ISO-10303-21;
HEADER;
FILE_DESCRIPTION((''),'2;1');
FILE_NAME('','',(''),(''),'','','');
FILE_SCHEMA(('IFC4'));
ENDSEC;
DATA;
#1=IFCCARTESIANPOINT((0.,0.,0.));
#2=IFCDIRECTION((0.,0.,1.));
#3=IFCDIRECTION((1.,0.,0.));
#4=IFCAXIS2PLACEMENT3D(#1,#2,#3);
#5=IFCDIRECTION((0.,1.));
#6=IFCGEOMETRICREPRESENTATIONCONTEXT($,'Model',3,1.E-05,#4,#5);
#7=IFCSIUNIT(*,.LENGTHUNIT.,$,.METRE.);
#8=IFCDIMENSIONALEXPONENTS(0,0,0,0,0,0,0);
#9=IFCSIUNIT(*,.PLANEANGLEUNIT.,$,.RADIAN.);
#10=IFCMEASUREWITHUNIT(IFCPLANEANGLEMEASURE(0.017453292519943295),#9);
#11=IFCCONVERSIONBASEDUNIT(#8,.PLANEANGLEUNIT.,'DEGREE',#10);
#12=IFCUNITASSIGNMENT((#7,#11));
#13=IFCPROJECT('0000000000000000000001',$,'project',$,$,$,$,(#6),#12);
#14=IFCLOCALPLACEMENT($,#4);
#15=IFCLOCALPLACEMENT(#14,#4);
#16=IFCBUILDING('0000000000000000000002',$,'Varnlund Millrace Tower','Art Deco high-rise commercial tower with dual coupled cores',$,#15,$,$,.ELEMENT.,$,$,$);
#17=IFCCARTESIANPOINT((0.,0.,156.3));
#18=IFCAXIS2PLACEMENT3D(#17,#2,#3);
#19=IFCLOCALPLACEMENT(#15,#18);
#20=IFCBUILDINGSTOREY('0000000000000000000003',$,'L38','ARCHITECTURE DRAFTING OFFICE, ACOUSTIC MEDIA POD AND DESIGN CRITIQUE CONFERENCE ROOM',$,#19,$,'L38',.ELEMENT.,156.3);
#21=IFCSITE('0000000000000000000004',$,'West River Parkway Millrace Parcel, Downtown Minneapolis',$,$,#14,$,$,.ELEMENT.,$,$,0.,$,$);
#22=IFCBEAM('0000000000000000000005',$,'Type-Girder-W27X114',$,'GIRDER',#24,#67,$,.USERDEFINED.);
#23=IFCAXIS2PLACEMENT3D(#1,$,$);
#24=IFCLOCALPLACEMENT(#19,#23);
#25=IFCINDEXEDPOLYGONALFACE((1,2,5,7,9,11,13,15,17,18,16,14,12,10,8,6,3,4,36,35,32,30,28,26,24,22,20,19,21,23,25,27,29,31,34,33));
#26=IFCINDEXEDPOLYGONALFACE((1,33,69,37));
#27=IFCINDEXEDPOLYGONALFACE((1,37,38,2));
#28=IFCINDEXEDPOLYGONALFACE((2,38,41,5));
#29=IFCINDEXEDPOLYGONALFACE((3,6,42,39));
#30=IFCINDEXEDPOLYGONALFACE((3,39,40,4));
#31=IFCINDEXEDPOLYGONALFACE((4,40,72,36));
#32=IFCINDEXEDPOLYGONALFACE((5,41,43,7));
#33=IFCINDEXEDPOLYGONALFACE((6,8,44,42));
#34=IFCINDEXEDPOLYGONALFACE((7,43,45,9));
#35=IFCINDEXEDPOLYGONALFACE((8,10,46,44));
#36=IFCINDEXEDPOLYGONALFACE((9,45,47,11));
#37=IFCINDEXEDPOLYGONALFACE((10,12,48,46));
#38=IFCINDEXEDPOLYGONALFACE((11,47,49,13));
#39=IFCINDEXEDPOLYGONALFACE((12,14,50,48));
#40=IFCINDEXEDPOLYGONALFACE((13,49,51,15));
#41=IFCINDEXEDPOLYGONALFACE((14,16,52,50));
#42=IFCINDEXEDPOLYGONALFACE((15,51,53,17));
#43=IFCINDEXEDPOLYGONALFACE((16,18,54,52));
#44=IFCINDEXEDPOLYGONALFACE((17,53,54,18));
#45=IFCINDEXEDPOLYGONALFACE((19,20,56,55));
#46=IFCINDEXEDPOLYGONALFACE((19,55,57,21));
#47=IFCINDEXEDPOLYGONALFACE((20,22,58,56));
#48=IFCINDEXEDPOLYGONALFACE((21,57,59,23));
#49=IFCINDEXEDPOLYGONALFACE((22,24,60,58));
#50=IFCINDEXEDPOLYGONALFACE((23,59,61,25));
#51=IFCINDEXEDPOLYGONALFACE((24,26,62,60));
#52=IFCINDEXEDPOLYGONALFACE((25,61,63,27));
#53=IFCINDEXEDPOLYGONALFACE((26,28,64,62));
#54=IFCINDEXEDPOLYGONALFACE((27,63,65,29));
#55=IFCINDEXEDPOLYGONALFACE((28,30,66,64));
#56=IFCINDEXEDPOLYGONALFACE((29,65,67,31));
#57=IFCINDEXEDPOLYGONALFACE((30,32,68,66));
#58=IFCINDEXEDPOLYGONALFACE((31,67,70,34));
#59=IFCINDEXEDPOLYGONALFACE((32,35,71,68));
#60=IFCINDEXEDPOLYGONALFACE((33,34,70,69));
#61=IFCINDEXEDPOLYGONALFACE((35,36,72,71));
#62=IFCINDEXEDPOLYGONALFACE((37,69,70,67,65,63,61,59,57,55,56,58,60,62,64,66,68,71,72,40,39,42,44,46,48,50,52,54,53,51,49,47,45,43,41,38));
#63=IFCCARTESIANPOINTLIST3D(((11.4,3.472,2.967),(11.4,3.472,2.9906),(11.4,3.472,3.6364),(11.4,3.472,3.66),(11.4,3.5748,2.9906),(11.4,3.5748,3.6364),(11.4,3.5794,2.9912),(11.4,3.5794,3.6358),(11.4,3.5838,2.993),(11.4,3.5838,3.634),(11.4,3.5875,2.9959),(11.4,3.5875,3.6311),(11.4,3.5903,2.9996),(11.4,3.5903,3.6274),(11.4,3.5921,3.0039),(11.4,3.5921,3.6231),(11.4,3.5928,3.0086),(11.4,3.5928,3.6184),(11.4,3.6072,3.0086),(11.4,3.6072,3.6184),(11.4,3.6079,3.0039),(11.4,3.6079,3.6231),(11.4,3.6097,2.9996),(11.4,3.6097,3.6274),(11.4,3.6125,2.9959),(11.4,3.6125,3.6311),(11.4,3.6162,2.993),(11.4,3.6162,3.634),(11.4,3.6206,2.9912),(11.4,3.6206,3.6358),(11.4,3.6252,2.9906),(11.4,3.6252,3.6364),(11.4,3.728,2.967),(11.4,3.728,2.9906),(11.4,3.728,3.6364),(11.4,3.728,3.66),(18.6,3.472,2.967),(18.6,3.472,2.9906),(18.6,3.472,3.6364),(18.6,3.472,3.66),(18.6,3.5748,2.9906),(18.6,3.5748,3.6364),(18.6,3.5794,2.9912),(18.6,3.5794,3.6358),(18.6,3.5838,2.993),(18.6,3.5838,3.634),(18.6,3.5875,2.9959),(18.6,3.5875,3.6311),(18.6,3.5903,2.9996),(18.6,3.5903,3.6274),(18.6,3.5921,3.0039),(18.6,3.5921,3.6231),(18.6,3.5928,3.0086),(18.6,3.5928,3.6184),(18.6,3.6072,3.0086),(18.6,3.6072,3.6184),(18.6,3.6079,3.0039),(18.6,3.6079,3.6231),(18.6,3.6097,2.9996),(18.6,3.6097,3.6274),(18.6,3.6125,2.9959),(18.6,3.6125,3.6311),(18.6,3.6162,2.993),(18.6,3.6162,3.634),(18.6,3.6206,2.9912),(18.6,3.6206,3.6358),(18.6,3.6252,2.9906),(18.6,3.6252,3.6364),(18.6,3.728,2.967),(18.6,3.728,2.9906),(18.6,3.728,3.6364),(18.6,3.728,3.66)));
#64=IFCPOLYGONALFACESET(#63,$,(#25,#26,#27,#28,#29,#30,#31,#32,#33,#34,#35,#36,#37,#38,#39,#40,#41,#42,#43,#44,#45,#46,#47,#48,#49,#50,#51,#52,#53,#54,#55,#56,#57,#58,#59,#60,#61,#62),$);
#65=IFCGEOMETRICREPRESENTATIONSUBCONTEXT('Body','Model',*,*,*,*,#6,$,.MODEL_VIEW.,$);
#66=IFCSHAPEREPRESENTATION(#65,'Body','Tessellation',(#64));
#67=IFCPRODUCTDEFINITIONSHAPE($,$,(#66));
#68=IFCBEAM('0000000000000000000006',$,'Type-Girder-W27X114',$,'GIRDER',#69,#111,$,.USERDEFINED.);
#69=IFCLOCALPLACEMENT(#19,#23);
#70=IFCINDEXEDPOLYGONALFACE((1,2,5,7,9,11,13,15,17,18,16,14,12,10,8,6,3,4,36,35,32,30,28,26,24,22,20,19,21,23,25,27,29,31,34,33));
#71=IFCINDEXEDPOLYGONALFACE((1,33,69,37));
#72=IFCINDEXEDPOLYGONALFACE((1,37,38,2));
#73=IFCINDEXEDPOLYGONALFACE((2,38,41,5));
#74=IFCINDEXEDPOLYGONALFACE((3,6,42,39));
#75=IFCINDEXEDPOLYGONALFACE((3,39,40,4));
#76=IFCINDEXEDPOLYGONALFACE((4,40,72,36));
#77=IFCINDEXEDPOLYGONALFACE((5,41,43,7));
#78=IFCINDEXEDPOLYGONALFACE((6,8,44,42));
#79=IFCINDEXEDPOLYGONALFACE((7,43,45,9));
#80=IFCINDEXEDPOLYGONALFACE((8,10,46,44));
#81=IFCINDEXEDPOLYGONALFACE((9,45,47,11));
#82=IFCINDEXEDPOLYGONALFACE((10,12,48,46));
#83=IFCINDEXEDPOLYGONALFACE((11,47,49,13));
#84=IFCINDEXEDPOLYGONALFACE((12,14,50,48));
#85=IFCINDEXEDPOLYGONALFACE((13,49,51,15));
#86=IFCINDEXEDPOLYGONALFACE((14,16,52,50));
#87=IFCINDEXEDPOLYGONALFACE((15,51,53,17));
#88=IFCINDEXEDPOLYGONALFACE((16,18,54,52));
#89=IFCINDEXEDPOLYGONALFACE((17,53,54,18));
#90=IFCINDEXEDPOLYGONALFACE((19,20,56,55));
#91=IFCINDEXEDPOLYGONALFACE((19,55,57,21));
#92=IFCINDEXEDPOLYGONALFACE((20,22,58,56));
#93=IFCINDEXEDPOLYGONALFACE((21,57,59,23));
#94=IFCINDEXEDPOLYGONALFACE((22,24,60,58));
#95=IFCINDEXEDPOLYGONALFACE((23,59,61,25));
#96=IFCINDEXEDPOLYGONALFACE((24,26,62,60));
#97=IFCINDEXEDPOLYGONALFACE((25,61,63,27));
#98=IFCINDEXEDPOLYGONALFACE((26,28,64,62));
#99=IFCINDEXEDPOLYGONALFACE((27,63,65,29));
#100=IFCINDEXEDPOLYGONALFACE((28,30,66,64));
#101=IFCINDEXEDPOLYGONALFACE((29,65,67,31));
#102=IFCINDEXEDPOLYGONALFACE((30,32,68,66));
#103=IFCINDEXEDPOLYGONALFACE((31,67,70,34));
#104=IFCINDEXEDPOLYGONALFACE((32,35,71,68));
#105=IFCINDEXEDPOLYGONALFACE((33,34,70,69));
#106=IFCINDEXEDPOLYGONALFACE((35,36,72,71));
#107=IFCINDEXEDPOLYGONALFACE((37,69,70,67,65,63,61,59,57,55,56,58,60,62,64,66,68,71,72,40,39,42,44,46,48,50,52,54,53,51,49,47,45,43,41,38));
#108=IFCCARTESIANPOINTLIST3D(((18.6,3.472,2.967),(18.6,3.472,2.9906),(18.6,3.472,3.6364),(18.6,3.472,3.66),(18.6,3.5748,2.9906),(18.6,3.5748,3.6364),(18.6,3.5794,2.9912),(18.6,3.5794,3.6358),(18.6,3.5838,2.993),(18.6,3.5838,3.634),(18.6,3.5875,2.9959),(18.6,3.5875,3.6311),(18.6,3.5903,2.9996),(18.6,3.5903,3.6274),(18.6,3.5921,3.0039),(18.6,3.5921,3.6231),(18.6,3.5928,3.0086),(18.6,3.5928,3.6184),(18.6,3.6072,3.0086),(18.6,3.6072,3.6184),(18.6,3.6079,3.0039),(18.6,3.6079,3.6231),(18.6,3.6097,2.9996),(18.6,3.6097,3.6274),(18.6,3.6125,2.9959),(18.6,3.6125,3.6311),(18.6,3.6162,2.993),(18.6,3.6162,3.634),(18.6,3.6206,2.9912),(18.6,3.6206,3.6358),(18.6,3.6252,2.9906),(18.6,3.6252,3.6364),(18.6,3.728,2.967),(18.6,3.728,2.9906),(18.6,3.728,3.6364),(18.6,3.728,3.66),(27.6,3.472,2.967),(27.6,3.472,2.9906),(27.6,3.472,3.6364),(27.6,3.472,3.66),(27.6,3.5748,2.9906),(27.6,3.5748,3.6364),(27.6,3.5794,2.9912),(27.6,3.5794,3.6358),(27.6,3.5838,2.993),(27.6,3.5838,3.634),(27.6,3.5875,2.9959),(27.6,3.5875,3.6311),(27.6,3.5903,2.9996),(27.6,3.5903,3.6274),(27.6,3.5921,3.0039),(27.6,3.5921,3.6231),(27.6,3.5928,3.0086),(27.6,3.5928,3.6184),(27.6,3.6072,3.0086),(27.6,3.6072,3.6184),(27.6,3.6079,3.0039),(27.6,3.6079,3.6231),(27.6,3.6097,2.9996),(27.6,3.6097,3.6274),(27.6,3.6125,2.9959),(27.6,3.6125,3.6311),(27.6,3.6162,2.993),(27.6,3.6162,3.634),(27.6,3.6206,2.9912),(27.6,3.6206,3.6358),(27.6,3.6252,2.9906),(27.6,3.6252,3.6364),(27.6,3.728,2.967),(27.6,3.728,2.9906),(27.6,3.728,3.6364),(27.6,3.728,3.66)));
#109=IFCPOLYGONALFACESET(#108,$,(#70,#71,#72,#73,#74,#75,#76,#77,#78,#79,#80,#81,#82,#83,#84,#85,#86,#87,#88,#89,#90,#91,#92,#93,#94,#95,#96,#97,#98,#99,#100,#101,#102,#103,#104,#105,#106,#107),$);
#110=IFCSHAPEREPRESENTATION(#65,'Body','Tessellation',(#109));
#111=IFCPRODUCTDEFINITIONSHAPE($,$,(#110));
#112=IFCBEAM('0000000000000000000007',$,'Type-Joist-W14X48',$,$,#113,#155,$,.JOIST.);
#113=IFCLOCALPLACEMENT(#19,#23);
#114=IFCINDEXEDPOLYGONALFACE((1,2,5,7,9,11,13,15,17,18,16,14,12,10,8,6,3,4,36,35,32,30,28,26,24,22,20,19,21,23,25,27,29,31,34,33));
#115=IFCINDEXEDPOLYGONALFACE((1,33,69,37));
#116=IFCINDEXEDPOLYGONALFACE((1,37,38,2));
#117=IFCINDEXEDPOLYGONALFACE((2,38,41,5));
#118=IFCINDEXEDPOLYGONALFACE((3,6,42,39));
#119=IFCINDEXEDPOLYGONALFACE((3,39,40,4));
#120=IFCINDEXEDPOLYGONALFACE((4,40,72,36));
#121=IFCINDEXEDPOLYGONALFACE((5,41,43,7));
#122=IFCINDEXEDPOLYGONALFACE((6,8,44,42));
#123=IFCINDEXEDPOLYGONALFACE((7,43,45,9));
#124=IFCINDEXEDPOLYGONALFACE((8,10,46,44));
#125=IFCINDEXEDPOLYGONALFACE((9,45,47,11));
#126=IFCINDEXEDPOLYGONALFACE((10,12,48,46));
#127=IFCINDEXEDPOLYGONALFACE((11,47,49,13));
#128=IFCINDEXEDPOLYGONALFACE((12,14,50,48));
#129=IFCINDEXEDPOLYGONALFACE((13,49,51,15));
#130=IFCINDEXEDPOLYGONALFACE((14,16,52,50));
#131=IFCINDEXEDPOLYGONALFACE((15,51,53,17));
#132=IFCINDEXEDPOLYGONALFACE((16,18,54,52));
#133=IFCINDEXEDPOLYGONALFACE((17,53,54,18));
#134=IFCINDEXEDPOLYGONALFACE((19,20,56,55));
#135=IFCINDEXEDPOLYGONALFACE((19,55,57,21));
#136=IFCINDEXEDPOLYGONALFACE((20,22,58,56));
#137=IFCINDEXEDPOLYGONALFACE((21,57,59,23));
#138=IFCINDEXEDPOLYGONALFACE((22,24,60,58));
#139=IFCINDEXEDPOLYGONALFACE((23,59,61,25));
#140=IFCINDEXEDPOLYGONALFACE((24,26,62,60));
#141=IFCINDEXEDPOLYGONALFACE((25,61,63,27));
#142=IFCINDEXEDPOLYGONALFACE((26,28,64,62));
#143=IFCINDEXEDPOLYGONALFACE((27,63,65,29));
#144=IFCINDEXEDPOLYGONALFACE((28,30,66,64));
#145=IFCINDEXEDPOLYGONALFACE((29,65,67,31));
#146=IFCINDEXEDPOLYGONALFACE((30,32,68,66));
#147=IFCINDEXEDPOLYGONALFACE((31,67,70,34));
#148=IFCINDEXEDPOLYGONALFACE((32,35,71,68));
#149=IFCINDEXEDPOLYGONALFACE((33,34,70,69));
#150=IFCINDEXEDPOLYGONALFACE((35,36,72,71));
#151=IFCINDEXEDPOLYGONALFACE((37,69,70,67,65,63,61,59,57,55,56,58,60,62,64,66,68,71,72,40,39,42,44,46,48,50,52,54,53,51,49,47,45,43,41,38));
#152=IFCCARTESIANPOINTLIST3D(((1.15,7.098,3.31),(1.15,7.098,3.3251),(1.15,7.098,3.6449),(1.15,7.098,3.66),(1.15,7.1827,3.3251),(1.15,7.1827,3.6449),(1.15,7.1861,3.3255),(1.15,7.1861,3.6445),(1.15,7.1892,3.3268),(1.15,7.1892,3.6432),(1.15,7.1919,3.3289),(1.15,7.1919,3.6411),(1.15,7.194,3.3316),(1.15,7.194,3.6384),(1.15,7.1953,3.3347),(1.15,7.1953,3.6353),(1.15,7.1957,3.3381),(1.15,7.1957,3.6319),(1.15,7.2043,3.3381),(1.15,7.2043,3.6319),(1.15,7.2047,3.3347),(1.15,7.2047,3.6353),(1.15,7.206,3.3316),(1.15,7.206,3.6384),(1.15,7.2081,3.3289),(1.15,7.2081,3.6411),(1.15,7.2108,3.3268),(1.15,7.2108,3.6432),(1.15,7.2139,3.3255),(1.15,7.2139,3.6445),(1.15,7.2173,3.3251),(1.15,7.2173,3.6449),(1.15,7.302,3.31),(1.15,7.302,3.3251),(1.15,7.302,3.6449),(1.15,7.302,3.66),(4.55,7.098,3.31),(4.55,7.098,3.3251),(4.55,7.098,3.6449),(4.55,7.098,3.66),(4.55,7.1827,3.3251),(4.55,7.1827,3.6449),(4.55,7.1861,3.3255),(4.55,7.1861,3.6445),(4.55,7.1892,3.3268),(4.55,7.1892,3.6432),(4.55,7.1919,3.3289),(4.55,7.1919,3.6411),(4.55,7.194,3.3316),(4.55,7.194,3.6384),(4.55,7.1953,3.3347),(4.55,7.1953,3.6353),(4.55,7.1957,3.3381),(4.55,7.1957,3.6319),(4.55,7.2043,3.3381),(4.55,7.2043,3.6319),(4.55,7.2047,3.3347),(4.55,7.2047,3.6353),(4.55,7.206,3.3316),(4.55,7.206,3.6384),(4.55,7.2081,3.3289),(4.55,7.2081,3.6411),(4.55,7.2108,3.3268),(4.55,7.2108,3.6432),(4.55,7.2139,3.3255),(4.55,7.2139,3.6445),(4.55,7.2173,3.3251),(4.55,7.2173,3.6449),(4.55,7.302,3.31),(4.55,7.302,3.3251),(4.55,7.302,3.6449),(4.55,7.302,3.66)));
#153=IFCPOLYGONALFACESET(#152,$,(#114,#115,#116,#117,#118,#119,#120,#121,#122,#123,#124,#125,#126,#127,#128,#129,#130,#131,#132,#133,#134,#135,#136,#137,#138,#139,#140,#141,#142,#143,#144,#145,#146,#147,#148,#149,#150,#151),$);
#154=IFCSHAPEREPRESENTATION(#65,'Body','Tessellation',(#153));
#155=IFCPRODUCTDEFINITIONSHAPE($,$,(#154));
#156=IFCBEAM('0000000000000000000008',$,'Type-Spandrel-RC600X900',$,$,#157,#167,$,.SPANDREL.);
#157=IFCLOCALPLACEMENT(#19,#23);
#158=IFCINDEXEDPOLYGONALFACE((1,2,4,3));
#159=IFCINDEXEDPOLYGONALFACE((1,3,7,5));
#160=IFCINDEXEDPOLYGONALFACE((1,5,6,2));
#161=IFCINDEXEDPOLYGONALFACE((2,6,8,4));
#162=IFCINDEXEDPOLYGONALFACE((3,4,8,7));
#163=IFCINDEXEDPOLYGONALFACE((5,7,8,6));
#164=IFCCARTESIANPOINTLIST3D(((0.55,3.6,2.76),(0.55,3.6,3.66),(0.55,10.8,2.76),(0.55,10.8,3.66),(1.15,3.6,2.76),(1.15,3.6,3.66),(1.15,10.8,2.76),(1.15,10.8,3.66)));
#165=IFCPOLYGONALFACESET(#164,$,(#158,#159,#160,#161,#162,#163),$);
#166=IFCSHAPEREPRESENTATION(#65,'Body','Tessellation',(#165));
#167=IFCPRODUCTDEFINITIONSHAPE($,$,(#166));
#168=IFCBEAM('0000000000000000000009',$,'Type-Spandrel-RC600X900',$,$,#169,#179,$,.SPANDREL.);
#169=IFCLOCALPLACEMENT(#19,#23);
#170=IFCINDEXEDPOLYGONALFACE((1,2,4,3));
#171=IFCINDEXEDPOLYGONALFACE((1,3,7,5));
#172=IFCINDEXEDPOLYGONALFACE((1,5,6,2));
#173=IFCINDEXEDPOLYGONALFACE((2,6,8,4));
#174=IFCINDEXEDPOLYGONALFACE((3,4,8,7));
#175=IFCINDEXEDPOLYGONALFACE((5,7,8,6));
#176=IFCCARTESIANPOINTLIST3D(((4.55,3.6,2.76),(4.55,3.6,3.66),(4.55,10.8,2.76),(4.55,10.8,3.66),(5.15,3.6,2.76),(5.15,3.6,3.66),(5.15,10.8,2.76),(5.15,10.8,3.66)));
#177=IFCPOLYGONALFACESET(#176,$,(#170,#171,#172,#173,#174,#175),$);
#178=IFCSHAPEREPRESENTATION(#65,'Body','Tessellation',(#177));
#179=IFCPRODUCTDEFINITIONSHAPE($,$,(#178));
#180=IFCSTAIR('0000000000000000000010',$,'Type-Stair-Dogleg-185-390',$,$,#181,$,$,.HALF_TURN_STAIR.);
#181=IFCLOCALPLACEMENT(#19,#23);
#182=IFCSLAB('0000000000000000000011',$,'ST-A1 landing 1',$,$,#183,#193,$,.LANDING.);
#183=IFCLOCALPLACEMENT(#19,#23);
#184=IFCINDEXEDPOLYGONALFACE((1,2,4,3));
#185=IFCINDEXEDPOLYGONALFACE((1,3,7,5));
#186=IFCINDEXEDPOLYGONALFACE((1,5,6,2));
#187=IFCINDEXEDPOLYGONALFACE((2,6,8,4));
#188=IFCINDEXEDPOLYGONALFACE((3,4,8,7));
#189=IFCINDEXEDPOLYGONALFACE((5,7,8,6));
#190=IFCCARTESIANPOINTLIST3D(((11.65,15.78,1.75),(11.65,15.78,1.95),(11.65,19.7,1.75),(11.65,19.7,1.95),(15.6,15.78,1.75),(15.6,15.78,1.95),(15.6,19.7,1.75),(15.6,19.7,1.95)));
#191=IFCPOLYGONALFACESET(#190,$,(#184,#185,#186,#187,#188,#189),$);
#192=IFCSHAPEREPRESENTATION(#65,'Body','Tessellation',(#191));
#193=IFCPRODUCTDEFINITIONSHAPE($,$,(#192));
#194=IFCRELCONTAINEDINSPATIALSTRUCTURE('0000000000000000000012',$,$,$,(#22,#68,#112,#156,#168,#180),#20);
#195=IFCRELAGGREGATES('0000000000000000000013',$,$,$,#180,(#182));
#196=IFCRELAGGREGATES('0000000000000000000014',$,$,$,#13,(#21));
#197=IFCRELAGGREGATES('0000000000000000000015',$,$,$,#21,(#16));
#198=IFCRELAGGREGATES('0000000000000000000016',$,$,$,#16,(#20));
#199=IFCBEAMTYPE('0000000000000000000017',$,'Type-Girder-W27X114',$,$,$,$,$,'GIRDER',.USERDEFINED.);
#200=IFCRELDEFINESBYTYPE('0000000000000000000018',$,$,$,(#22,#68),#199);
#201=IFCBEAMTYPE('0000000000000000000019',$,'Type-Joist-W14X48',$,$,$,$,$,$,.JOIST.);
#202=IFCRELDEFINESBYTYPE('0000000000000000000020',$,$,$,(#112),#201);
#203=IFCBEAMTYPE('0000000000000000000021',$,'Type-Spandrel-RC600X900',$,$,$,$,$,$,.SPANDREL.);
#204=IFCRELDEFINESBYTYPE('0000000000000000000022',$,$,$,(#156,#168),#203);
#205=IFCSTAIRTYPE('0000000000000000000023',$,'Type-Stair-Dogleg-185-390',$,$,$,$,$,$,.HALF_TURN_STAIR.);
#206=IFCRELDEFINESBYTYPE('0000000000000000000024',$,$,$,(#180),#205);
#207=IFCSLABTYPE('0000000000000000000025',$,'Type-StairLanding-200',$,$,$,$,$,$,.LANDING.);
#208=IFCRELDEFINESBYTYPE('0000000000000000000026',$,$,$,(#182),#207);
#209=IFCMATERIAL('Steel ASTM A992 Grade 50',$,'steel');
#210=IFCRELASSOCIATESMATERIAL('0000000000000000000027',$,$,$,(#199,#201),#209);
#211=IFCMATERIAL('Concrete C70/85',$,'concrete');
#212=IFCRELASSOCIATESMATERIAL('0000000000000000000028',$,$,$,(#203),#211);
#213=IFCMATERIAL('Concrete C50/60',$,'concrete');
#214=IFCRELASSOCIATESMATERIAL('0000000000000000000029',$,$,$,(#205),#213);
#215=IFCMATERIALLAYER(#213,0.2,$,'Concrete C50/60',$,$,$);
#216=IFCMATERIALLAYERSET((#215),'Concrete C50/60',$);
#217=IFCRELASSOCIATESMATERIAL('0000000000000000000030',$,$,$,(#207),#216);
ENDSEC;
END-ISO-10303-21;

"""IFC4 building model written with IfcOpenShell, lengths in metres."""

from ifc_helpers import new_model, entity, si_unit, converted_unit, direction, frame, origin_with_axes, origin_2d_with_axis, place, context, subcontext, project, spatial, polyline, rectangle, i_section, outline, extrude, material, layer, layer_set, material_profile, profile_set, type_object, element, aggregate, save


model = new_model("IFC4")

# Units and contexts
model_context = context("Model", 3, precision=1e-05, world=origin_with_axes(), true_north=direction((0.0, 1.0)))
body_context = subcontext(model_context, "Body", "Model", "MODEL_VIEW")
ifc_project = project(units=[si_unit("LENGTHUNIT", "METRE"), converted_unit("PLANEANGLEUNIT", "DEGREE", entity("IfcPlaneAngleMeasure", 0.017453292519943295), si_unit("PLANEANGLEUNIT", "RADIAN"), dimensions=[0, 0, 0, 0, 0, 0, 0])], contexts=[model_context])

# Site, building, storey
site_placement = place(None, origin_with_axes())
site = spatial("IfcSite", under=ifc_project, at=site_placement, Name="West River Parkway Millrace Parcel, Downtown Minneapolis", CompositionType="ELEMENT", RefElevation=0.0)
building_placement = place(site_placement, origin_with_axes())
building = spatial("IfcBuilding", under=site, at=building_placement, Name="Varnlund Millrace Tower", Description="Art Deco high-rise commercial tower with dual coupled cores", CompositionType="ELEMENT")
storey_placement = place(building_placement, frame((0.0, 0.0, 156.3), z_axis=(0.0, 0.0, 1.0), x_axis=(1.0, 0.0, 0.0)))
storey = spatial("IfcBuildingStorey", under=building, at=storey_placement, Name="L38", Description="ARCHITECTURE DRAFTING OFFICE, ACOUSTIC MEDIA POD AND DESIGN CRITIQUE CONFERENCE ROOM", LongName="L38", CompositionType="ELEMENT", Elevation=156.3)

# Beams
ifc_material_1 = material(Name="Steel ASTM A992 Grade 50", Category="steel")
ifc_material_profile_1 = material_profile(ifc_material_1, i_section(OverallWidth=0.256, OverallDepth=0.693, WebThickness=0.0145, FlangeThickness=0.0236, FilletRadius=0.018, at=origin_2d_with_axis()), Name="Steel ASTM A992 Grade 50")
ifc_profile_set_1 = profile_set([ifc_material_profile_1], Name="Steel ASTM A992 Grade 50")
beam_type_1 = type_object("IfcBeamType", Name="Type-Girder-W27X114", ElementType="GIRDER", PredefinedType="USERDEFINED", material=ifc_profile_set_1)
beam_1_placement = place(storey_placement, frame((11.4, 3.6, 3.3135), z_axis=(1.0, 0.0, 0.0), x_axis=(0.0, 1.0, 0.0)))
element("IfcBeam", 1, at=beam_1_placement, inside=storey, type_object=beam_type_1, Name="Type-Girder-W27X114", ObjectType="GIRDER", PredefinedType="USERDEFINED", context=body_context, shape_type="SweptSolid", body=[
    extrude(i_section(OverallWidth=0.256, OverallDepth=0.693, WebThickness=0.0145, FlangeThickness=0.0236, FilletRadius=0.018, at=origin_2d_with_axis()), origin_with_axes(), (0.0, 0.0, 1.0), 7.2),
])
beam_2_placement = place(storey_placement, frame((18.6, 3.6, 3.3135), z_axis=(1.0, 0.0, 0.0), x_axis=(0.0, 1.0, 0.0)))
element("IfcBeam", 2, at=beam_2_placement, inside=storey, type_object=beam_type_1, Name="Type-Girder-W27X114", ObjectType="GIRDER", PredefinedType="USERDEFINED", context=body_context, shape_type="SweptSolid", body=[
    extrude(i_section(OverallWidth=0.256, OverallDepth=0.693, WebThickness=0.0145, FlangeThickness=0.0236, FilletRadius=0.018, at=origin_2d_with_axis()), origin_with_axes(), (0.0, 0.0, 1.0), 9.0),
])
ifc_material_profile_2 = material_profile(ifc_material_1, i_section(OverallWidth=0.204, OverallDepth=0.35, WebThickness=0.0086, FlangeThickness=0.0151, FilletRadius=0.013, at=origin_2d_with_axis()), Name="Steel ASTM A992 Grade 50")
ifc_profile_set_2 = profile_set([ifc_material_profile_2], Name="Steel ASTM A992 Grade 50")
beam_type_2 = type_object("IfcBeamType", Name="Type-Joist-W14X48", PredefinedType="JOIST", material=ifc_profile_set_2)
beam_3_placement = place(storey_placement, frame((1.15, 7.2, 3.485), z_axis=(1.0, 0.0, 0.0), x_axis=(0.0, 1.0, 0.0)))
element("IfcBeam", 3, at=beam_3_placement, inside=storey, type_object=beam_type_2, Name="Type-Joist-W14X48", PredefinedType="JOIST", context=body_context, shape_type="SweptSolid", body=[
    extrude(i_section(OverallWidth=0.204, OverallDepth=0.35, WebThickness=0.0086, FlangeThickness=0.0151, FilletRadius=0.013, at=origin_2d_with_axis()), origin_with_axes(), (0.0, 0.0, 1.0), 3.4),
])
ifc_material_2 = material(Name="Concrete C70/85", Category="concrete")
ifc_material_profile_3 = material_profile(ifc_material_2, rectangle(XDim=0.6, YDim=0.9, at=origin_2d_with_axis()), Name="Concrete C70/85")
ifc_profile_set_3 = profile_set([ifc_material_profile_3], Name="Concrete C70/85")
beam_type_3 = type_object("IfcBeamType", Name="Type-Spandrel-RC600X900", PredefinedType="SPANDREL", material=ifc_profile_set_3)
for number, where, z_axis, x_axis, name in (
    (4, (0.85, 3.6, 3.21), (0.0, 1.0, 0.0), (-1.0, 0.0, 0.0), "Type-Spandrel-RC600X900"),
    (5, (4.85, 3.6, 3.21), (0.0, 1.0, 0.0), (-1.0, 0.0, 0.0), "Type-Spandrel-RC600X900"),
):
    element("IfcBeam", number, at=place(storey_placement, frame(where, z_axis=z_axis, x_axis=x_axis)), inside=storey, type_object=beam_type_3, Name=name, PredefinedType="SPANDREL", context=body_context, shape_type="SweptSolid", body=[
        extrude(rectangle(XDim=0.6, YDim=0.9, at=origin_2d_with_axis()), origin_with_axes(), (0.0, 0.0, 1.0), 7.2),
    ])

# Stair, slab
ifc_material_3 = material(Name="Concrete C50/60", Category="concrete")
stair_type_1 = type_object("IfcStairType", Name="Type-Stair-Dogleg-185-390", PredefinedType="HALF_TURN_STAIR", material=ifc_material_3)
stair_1_placement = place(storey_placement, origin_with_axes())
stair_1 = element("IfcStair", 6, at=stair_1_placement, inside=storey, type_object=stair_type_1, Name="Type-Stair-Dogleg-185-390", PredefinedType="HALF_TURN_STAIR")
ifc_layer_1 = layer(ifc_material_3, 0.2, Name="Concrete C50/60")
ifc_layer_set_1 = layer_set([ifc_layer_1], Name="Concrete C50/60")
slab_type = type_object("IfcSlabType", Name="Type-StairLanding-200", PredefinedType="LANDING", material=ifc_layer_set_1)
slab_1_placement = place(storey_placement, frame((0.0, 0.0, 1.75), z_axis=(0.0, 0.0, 1.0), x_axis=(1.0, 0.0, 0.0)))
slab_1 = element("IfcSlab", 7, at=slab_1_placement, type_object=slab_type, Name="ST-A1 landing 1", PredefinedType="LANDING", context=body_context, shape_type="SweptSolid", body=[
    extrude(outline(polyline([(15.6, 15.78), (15.6, 19.7), (11.65, 19.7), (11.65, 15.78), (15.6, 15.78)])), origin_with_axes(), (0.0, 0.0, 1.0), 0.2),
])
aggregate(stair_1, [slab_1])

save(model, "model.ifc")
